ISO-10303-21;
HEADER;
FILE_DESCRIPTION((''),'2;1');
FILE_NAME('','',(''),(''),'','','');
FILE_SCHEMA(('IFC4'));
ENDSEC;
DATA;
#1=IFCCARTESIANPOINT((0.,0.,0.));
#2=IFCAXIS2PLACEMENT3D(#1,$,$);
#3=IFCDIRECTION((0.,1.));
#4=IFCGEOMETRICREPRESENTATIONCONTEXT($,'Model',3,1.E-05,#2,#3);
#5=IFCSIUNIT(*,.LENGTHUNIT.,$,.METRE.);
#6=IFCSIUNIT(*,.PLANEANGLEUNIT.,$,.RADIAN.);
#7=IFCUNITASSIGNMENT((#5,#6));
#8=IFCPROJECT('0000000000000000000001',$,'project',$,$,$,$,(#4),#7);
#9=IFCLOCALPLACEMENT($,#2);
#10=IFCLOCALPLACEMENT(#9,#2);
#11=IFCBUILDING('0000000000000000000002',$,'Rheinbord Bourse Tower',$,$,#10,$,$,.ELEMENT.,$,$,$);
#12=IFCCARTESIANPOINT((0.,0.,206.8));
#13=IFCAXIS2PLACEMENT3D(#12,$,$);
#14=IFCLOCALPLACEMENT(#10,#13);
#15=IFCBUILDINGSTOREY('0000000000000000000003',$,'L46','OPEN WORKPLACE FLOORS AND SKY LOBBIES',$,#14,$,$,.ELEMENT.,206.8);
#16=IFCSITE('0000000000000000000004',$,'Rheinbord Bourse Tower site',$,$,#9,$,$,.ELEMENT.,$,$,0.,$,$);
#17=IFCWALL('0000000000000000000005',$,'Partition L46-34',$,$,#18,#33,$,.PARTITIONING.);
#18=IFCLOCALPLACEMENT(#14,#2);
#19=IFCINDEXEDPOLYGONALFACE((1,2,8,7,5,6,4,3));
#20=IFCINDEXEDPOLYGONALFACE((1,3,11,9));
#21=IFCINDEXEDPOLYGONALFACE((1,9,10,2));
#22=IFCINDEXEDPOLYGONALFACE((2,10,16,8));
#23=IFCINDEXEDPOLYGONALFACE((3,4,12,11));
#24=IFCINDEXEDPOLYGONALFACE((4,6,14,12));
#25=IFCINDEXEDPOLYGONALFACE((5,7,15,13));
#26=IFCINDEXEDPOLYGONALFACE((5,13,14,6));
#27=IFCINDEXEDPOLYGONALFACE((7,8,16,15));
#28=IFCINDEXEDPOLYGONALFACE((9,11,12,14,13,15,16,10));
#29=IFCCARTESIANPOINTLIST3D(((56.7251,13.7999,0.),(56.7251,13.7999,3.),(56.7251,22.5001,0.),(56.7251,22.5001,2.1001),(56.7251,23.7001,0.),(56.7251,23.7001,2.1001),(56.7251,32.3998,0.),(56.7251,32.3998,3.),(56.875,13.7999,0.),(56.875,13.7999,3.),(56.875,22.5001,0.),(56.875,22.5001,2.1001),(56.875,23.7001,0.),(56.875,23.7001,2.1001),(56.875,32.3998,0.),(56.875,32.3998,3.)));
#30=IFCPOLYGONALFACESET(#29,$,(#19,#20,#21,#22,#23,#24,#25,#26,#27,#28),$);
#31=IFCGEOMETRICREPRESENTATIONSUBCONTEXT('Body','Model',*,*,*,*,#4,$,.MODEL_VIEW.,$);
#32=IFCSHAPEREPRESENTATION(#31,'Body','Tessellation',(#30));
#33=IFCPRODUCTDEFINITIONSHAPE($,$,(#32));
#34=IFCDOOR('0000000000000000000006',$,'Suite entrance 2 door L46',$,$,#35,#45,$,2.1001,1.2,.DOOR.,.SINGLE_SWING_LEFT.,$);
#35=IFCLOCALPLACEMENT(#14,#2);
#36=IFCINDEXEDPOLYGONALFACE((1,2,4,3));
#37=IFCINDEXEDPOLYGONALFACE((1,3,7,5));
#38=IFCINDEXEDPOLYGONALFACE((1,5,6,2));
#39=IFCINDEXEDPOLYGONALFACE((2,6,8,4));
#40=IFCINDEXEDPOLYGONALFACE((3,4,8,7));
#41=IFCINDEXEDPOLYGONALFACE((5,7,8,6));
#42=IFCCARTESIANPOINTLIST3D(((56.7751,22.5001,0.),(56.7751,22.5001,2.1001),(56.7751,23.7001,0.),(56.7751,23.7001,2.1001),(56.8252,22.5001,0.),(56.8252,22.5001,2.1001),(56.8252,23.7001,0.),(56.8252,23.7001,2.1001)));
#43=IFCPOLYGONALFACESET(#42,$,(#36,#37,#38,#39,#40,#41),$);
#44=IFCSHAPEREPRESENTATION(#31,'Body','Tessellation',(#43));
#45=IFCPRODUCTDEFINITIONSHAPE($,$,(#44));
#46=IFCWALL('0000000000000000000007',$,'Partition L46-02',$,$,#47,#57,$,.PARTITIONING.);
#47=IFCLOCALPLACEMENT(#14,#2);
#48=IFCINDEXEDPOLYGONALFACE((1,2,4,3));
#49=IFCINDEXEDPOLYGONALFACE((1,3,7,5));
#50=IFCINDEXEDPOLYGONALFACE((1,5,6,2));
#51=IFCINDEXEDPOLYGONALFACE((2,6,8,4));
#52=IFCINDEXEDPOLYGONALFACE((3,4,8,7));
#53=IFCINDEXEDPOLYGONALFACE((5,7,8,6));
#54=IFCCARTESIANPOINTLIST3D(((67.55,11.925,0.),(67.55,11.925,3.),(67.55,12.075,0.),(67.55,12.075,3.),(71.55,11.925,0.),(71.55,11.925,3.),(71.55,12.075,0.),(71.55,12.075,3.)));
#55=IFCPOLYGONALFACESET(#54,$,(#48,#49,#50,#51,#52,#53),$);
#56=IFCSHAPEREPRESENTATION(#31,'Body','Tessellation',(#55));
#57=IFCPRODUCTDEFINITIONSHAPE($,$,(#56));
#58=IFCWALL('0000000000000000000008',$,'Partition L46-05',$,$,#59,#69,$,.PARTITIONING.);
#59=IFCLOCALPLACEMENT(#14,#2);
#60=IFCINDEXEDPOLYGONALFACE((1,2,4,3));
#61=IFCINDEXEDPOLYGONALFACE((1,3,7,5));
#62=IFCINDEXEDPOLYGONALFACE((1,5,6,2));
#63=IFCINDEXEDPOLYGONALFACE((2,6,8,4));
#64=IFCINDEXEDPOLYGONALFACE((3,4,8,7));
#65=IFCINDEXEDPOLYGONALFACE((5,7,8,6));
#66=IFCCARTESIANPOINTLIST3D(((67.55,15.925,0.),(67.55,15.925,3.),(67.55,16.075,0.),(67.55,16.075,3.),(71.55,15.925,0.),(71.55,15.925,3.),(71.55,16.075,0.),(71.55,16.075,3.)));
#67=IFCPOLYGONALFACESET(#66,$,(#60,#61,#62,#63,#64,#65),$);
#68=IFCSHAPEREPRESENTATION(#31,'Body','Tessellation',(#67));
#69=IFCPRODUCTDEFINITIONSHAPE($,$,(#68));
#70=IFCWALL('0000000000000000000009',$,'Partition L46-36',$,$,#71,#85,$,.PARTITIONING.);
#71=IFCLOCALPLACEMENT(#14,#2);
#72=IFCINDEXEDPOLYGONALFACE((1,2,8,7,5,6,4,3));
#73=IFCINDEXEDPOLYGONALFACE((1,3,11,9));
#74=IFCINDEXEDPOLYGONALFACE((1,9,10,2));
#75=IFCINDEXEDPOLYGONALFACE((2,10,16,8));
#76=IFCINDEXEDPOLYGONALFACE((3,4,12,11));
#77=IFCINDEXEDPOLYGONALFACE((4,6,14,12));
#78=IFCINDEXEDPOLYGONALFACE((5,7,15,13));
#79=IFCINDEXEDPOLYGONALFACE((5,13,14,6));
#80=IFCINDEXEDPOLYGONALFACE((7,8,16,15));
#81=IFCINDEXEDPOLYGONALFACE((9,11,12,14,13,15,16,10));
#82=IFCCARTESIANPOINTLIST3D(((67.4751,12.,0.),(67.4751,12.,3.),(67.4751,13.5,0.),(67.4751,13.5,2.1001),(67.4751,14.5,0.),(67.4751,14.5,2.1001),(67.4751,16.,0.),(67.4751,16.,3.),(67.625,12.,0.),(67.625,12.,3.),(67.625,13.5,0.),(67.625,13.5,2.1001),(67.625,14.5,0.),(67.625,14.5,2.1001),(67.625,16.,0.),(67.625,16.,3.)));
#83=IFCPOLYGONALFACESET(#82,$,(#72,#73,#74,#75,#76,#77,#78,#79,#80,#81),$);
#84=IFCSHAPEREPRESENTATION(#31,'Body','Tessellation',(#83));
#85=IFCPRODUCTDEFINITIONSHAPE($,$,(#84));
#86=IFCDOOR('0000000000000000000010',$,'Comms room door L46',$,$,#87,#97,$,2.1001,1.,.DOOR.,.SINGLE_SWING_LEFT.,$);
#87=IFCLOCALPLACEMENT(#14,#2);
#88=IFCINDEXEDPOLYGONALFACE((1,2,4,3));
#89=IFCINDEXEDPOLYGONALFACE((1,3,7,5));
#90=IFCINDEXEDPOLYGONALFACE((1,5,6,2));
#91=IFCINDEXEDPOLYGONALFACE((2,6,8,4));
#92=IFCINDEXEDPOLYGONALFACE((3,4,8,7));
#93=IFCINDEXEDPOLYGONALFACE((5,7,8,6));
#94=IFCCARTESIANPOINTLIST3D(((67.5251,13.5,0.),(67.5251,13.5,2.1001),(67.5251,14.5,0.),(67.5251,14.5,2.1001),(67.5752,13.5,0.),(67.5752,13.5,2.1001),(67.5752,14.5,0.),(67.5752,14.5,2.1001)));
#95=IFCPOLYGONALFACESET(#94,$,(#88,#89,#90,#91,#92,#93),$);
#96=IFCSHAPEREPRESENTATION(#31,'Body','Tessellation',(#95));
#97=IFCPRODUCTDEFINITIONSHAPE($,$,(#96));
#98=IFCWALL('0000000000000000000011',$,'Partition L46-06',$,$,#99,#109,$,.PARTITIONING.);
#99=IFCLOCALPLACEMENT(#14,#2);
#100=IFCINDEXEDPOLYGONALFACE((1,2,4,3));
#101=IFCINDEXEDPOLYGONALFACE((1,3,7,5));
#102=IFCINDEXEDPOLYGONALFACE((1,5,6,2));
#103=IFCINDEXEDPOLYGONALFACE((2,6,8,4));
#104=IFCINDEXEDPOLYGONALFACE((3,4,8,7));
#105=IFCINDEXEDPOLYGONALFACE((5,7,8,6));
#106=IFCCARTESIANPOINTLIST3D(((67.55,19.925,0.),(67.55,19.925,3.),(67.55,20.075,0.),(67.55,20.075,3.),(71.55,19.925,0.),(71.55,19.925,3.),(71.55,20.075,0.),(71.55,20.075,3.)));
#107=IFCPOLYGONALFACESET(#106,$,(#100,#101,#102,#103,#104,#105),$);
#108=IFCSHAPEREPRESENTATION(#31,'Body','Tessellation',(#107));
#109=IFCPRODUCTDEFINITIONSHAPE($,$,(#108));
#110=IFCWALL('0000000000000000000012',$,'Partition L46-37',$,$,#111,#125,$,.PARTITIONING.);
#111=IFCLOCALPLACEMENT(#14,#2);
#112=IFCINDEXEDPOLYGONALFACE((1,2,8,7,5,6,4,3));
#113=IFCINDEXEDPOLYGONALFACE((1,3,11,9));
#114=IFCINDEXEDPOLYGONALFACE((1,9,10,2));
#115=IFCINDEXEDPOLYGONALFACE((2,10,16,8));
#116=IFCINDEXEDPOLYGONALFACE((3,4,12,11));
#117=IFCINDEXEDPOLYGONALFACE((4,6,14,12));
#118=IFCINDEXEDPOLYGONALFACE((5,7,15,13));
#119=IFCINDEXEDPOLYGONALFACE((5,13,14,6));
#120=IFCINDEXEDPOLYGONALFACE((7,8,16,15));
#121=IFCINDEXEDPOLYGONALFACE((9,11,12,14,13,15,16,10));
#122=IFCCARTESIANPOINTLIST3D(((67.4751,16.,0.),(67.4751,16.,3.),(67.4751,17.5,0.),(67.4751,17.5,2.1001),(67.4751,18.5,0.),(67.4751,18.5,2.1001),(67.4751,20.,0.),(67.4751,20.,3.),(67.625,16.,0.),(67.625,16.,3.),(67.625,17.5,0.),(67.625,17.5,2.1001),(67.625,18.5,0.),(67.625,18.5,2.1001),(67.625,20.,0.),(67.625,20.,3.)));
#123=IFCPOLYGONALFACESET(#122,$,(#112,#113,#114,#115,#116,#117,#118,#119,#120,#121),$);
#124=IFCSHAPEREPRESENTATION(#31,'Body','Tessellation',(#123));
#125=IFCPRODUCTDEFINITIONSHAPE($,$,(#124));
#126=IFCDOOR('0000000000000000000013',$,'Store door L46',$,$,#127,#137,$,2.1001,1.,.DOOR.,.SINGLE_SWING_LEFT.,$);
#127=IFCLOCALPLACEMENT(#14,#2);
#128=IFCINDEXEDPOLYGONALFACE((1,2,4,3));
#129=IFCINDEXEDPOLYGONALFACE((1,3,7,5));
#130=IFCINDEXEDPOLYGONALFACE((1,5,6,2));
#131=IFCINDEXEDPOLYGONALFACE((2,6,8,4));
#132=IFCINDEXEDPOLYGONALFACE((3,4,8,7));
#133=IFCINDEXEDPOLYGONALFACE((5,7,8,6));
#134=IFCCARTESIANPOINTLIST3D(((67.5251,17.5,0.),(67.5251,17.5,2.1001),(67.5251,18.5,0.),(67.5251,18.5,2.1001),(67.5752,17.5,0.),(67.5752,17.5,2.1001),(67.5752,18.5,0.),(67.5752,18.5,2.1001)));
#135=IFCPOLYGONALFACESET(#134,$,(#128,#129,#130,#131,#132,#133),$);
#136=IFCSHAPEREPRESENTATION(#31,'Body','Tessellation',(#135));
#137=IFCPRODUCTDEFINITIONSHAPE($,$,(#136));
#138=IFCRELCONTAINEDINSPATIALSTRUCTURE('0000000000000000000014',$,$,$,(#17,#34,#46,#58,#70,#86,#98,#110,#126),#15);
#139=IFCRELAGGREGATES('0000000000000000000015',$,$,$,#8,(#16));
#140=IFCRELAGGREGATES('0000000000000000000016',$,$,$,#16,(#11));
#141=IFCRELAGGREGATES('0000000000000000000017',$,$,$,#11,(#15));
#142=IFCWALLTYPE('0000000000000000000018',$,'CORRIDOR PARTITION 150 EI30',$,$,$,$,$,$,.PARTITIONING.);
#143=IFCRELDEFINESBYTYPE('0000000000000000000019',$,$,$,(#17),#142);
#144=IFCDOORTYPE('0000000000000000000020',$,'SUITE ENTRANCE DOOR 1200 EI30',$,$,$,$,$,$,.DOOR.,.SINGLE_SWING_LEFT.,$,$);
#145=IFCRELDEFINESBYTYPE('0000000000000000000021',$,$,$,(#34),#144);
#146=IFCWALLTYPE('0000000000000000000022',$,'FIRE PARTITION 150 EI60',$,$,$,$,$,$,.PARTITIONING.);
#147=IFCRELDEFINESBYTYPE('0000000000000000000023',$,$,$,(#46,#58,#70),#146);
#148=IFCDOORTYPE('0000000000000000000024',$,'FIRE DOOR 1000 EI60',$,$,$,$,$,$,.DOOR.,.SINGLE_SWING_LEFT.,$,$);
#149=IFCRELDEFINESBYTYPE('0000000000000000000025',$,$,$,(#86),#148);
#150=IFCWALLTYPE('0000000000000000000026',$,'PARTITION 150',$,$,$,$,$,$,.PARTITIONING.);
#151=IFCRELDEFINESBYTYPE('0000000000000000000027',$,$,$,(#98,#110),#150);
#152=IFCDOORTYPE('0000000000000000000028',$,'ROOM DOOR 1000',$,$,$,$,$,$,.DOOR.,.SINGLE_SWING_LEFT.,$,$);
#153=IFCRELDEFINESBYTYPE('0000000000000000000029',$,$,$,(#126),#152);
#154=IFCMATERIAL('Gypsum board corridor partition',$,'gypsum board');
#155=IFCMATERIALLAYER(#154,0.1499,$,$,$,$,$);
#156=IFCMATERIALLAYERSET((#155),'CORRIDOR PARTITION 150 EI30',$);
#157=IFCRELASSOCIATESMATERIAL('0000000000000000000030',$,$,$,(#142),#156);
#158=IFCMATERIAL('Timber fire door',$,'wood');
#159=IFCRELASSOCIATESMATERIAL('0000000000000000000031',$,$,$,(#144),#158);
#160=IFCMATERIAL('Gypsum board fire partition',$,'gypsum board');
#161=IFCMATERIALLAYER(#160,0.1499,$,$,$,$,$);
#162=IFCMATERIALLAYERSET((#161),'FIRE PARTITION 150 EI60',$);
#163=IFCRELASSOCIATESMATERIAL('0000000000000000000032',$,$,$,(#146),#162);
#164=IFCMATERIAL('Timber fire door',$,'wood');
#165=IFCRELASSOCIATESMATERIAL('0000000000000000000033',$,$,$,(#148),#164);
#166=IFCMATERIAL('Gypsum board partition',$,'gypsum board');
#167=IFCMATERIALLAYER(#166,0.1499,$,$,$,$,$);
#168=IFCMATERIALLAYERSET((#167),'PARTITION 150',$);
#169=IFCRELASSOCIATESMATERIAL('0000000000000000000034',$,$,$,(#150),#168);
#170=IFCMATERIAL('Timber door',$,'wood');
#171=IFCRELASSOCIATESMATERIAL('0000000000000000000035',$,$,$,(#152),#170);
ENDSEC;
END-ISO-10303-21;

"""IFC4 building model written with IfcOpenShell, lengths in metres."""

from ifc_helpers import new_model, si_unit, direction, frame, frame_2d, origin, place, context, subcontext, project, spatial, rectangle, extrude, material, layer, layer_set, type_object, element, fill, save


model = new_model("IFC4")

# Units and contexts
model_context = context("Model", 3, precision=1e-05, world=origin(), true_north=direction((0.0, 1.0)))
body_context = subcontext(model_context, "Body", "Model", "MODEL_VIEW")
ifc_project = project(units=[si_unit("LENGTHUNIT", "METRE"), si_unit("PLANEANGLEUNIT", "RADIAN")], contexts=[model_context])

# Site, building, storey
site_placement = place(None, origin())
site = spatial("IfcSite", under=ifc_project, at=site_placement, Name="Rheinbord Bourse Tower site", CompositionType="ELEMENT", RefElevation=0.0)
building_placement = place(site_placement, origin())
building = spatial("IfcBuilding", under=site, at=building_placement, Name="Rheinbord Bourse Tower", CompositionType="ELEMENT")
storey_placement = place(building_placement, frame((0.0, 0.0, 206.8)))
storey = spatial("IfcBuildingStorey", under=building, at=storey_placement, Name="L46", Description="OPEN WORKPLACE FLOORS AND SKY LOBBIES", CompositionType="ELEMENT", Elevation=206.8)

# Wall, opening, door
ifc_material_1 = material(Name="Gypsum board corridor partition", Category="gypsum board")
ifc_layer_1 = layer(ifc_material_1, 0.1499)
ifc_layer_set_1 = layer_set([ifc_layer_1], Name="CORRIDOR PARTITION 150 EI30")
wall_type_1 = type_object("IfcWallType", Name="CORRIDOR PARTITION 150 EI30", PredefinedType="PARTITIONING", material=ifc_layer_set_1)
wall_1_placement = place(storey_placement, frame((56.8, 13.8, 0.0), z_axis=(0.0, 0.0, 1.0), x_axis=(0.0, 1.0, 0.0)))
wall_1 = element("IfcWall", 1, at=wall_1_placement, inside=storey, type_object=wall_type_1, Name="Partition L46-34", PredefinedType="PARTITIONING", context=body_context, shape_type="SweptSolid", body=[
    extrude(rectangle(XDim=18.5999, YDim=0.1499, at=frame_2d((9.2998, 0.0))), origin(), (0.0, 0.0, 1.0), 3.0),
])
opening_1_placement = place(wall_1_placement, frame((8.7, 0.0, 0.0)))
opening_1 = element("IfcOpeningElement", 2, at=opening_1_placement, cuts=wall_1, PredefinedType="OPENING", context=body_context, shape_type="SweptSolid", body=[
    extrude(rectangle(XDim=1.2, YDim=2.1001, at=frame_2d((0.6001, 1.05))), frame((0.0, 0.085, 0.0), z_axis=(0.0, -1.0, 0.0), x_axis=(1.0, 0.0, 0.0)), (0.0, 0.0, 1.0), 0.1699),
])
ifc_material_2 = material(Name="Timber fire door", Category="wood")
door_type_1 = type_object("IfcDoorType", Name="SUITE ENTRANCE DOOR 1200 EI30", OperationType="SINGLE_SWING_LEFT", PredefinedType="DOOR", material=ifc_material_2)
door_1_placement = place(opening_1_placement, origin())
door_1 = element("IfcDoor", 3, at=door_1_placement, inside=storey, type_object=door_type_1, Name="Suite entrance 2 door L46", OperationType="SINGLE_SWING_LEFT", OverallHeight=2.1001, OverallWidth=1.2, PredefinedType="DOOR", context=body_context, shape_type="SweptSolid", body=[
    extrude(rectangle(XDim=1.2, YDim=2.1001, at=frame_2d((0.6001, 1.05))), frame((0.0, 0.0249, 0.0), z_axis=(0.0, -1.0, 0.0), x_axis=(1.0, 0.0, 0.0)), (0.0, 0.0, 1.0), 0.05),
])
fill(opening_1, door_1)

# Walls
ifc_material_3 = material(Name="Gypsum board fire partition", Category="gypsum board")
ifc_layer_2 = layer(ifc_material_3, 0.1499)
ifc_layer_set_2 = layer_set([ifc_layer_2], Name="FIRE PARTITION 150 EI60")
wall_type_2 = type_object("IfcWallType", Name="FIRE PARTITION 150 EI60", PredefinedType="PARTITIONING", material=ifc_layer_set_2)
for number, where, z_axis, x_axis, name in (
    (4, (67.55, 12.0, 0.0), (0.0, 0.0, 1.0), (1.0, 0.0, 0.0), "Partition L46-02"),
    (5, (67.55, 16.0, 0.0), (0.0, 0.0, 1.0), (1.0, 0.0, 0.0), "Partition L46-05"),
):
    element("IfcWall", number, at=place(storey_placement, frame(where, z_axis=z_axis, x_axis=x_axis)), inside=storey, type_object=wall_type_2, Name=name, PredefinedType="PARTITIONING", context=body_context, shape_type="SweptSolid", body=[
        extrude(rectangle(XDim=4.0, YDim=0.1499, at=frame_2d((2.0, 0.0))), origin(), (0.0, 0.0, 1.0), 3.0),
    ])

# Wall, opening, door
wall_2_placement = place(storey_placement, frame((67.55, 12.0, 0.0), z_axis=(0.0, 0.0, 1.0), x_axis=(0.0, 1.0, 0.0)))
wall_2 = element("IfcWall", 6, at=wall_2_placement, inside=storey, type_object=wall_type_2, Name="Partition L46-36", PredefinedType="PARTITIONING", context=body_context, shape_type="SweptSolid", body=[
    extrude(rectangle(XDim=4.0, YDim=0.1499, at=frame_2d((2.0, 0.0))), origin(), (0.0, 0.0, 1.0), 3.0),
])
opening_2_placement = place(wall_2_placement, frame((1.5, 0.0, 0.0)))
opening_2 = element("IfcOpeningElement", 7, at=opening_2_placement, cuts=wall_2, PredefinedType="OPENING", context=body_context, shape_type="SweptSolid", body=[
    extrude(rectangle(XDim=1.0, YDim=2.1001, at=frame_2d((0.5, 1.05))), frame((0.0, 0.085, 0.0), z_axis=(0.0, -1.0, 0.0), x_axis=(1.0, 0.0, 0.0)), (0.0, 0.0, 1.0), 0.1699),
])
ifc_material_4 = material(Name="Timber fire door", Category="wood")
door_type_2 = type_object("IfcDoorType", Name="FIRE DOOR 1000 EI60", OperationType="SINGLE_SWING_LEFT", PredefinedType="DOOR", material=ifc_material_4)
door_2_placement = place(opening_2_placement, origin())
door_2 = element("IfcDoor", 8, at=door_2_placement, inside=storey, type_object=door_type_2, Name="Comms room door L46", OperationType="SINGLE_SWING_LEFT", OverallHeight=2.1001, OverallWidth=1.0, PredefinedType="DOOR", context=body_context, shape_type="SweptSolid", body=[
    extrude(rectangle(XDim=1.0, YDim=2.1001, at=frame_2d((0.5, 1.05))), frame((0.0, 0.0249, 0.0), z_axis=(0.0, -1.0, 0.0), x_axis=(1.0, 0.0, 0.0)), (0.0, 0.0, 1.0), 0.05),
])
fill(opening_2, door_2)

# Wall
ifc_material_5 = material(Name="Gypsum board partition", Category="gypsum board")
ifc_layer_3 = layer(ifc_material_5, 0.1499)
ifc_layer_set_3 = layer_set([ifc_layer_3], Name="PARTITION 150")
wall_type_3 = type_object("IfcWallType", Name="PARTITION 150", PredefinedType="PARTITIONING", material=ifc_layer_set_3)
wall_3_placement = place(storey_placement, frame((67.55, 20.0, 0.0), z_axis=(0.0, 0.0, 1.0), x_axis=(1.0, 0.0, 0.0)))
element("IfcWall", 9, at=wall_3_placement, inside=storey, type_object=wall_type_3, Name="Partition L46-06", PredefinedType="PARTITIONING", context=body_context, shape_type="SweptSolid", body=[
    extrude(rectangle(XDim=4.0, YDim=0.1499, at=frame_2d((2.0, 0.0))), origin(), (0.0, 0.0, 1.0), 3.0),
])

# Wall, opening, door
wall_4_placement = place(storey_placement, frame((67.55, 16.0, 0.0), z_axis=(0.0, 0.0, 1.0), x_axis=(0.0, 1.0, 0.0)))
wall_4 = element("IfcWall", 10, at=wall_4_placement, inside=storey, type_object=wall_type_3, Name="Partition L46-37", PredefinedType="PARTITIONING", context=body_context, shape_type="SweptSolid", body=[
    extrude(rectangle(XDim=4.0, YDim=0.1499, at=frame_2d((2.0, 0.0))), origin(), (0.0, 0.0, 1.0), 3.0),
])
opening_3_placement = place(wall_4_placement, frame((1.5, 0.0, 0.0)))
opening_3 = element("IfcOpeningElement", 11, at=opening_3_placement, cuts=wall_4, PredefinedType="OPENING", context=body_context, shape_type="SweptSolid", body=[
    extrude(rectangle(XDim=1.0, YDim=2.1001, at=frame_2d((0.5, 1.05))), frame((0.0, 0.085, 0.0), z_axis=(0.0, -1.0, 0.0), x_axis=(1.0, 0.0, 0.0)), (0.0, 0.0, 1.0), 0.1699),
])
ifc_material_6 = material(Name="Timber door", Category="wood")
door_type_3 = type_object("IfcDoorType", Name="ROOM DOOR 1000", OperationType="SINGLE_SWING_LEFT", PredefinedType="DOOR", material=ifc_material_6)
door_3_placement = place(opening_3_placement, origin())
door_3 = element("IfcDoor", 12, at=door_3_placement, inside=storey, type_object=door_type_3, Name="Store door L46", OperationType="SINGLE_SWING_LEFT", OverallHeight=2.1001, OverallWidth=1.0, PredefinedType="DOOR", context=body_context, shape_type="SweptSolid", body=[
    extrude(rectangle(XDim=1.0, YDim=2.1001, at=frame_2d((0.5, 1.05))), frame((0.0, 0.0249, 0.0), z_axis=(0.0, -1.0, 0.0), x_axis=(1.0, 0.0, 0.0)), (0.0, 0.0, 1.0), 0.05),
])
fill(opening_3, door_3)

save(model, "model.ifc")
